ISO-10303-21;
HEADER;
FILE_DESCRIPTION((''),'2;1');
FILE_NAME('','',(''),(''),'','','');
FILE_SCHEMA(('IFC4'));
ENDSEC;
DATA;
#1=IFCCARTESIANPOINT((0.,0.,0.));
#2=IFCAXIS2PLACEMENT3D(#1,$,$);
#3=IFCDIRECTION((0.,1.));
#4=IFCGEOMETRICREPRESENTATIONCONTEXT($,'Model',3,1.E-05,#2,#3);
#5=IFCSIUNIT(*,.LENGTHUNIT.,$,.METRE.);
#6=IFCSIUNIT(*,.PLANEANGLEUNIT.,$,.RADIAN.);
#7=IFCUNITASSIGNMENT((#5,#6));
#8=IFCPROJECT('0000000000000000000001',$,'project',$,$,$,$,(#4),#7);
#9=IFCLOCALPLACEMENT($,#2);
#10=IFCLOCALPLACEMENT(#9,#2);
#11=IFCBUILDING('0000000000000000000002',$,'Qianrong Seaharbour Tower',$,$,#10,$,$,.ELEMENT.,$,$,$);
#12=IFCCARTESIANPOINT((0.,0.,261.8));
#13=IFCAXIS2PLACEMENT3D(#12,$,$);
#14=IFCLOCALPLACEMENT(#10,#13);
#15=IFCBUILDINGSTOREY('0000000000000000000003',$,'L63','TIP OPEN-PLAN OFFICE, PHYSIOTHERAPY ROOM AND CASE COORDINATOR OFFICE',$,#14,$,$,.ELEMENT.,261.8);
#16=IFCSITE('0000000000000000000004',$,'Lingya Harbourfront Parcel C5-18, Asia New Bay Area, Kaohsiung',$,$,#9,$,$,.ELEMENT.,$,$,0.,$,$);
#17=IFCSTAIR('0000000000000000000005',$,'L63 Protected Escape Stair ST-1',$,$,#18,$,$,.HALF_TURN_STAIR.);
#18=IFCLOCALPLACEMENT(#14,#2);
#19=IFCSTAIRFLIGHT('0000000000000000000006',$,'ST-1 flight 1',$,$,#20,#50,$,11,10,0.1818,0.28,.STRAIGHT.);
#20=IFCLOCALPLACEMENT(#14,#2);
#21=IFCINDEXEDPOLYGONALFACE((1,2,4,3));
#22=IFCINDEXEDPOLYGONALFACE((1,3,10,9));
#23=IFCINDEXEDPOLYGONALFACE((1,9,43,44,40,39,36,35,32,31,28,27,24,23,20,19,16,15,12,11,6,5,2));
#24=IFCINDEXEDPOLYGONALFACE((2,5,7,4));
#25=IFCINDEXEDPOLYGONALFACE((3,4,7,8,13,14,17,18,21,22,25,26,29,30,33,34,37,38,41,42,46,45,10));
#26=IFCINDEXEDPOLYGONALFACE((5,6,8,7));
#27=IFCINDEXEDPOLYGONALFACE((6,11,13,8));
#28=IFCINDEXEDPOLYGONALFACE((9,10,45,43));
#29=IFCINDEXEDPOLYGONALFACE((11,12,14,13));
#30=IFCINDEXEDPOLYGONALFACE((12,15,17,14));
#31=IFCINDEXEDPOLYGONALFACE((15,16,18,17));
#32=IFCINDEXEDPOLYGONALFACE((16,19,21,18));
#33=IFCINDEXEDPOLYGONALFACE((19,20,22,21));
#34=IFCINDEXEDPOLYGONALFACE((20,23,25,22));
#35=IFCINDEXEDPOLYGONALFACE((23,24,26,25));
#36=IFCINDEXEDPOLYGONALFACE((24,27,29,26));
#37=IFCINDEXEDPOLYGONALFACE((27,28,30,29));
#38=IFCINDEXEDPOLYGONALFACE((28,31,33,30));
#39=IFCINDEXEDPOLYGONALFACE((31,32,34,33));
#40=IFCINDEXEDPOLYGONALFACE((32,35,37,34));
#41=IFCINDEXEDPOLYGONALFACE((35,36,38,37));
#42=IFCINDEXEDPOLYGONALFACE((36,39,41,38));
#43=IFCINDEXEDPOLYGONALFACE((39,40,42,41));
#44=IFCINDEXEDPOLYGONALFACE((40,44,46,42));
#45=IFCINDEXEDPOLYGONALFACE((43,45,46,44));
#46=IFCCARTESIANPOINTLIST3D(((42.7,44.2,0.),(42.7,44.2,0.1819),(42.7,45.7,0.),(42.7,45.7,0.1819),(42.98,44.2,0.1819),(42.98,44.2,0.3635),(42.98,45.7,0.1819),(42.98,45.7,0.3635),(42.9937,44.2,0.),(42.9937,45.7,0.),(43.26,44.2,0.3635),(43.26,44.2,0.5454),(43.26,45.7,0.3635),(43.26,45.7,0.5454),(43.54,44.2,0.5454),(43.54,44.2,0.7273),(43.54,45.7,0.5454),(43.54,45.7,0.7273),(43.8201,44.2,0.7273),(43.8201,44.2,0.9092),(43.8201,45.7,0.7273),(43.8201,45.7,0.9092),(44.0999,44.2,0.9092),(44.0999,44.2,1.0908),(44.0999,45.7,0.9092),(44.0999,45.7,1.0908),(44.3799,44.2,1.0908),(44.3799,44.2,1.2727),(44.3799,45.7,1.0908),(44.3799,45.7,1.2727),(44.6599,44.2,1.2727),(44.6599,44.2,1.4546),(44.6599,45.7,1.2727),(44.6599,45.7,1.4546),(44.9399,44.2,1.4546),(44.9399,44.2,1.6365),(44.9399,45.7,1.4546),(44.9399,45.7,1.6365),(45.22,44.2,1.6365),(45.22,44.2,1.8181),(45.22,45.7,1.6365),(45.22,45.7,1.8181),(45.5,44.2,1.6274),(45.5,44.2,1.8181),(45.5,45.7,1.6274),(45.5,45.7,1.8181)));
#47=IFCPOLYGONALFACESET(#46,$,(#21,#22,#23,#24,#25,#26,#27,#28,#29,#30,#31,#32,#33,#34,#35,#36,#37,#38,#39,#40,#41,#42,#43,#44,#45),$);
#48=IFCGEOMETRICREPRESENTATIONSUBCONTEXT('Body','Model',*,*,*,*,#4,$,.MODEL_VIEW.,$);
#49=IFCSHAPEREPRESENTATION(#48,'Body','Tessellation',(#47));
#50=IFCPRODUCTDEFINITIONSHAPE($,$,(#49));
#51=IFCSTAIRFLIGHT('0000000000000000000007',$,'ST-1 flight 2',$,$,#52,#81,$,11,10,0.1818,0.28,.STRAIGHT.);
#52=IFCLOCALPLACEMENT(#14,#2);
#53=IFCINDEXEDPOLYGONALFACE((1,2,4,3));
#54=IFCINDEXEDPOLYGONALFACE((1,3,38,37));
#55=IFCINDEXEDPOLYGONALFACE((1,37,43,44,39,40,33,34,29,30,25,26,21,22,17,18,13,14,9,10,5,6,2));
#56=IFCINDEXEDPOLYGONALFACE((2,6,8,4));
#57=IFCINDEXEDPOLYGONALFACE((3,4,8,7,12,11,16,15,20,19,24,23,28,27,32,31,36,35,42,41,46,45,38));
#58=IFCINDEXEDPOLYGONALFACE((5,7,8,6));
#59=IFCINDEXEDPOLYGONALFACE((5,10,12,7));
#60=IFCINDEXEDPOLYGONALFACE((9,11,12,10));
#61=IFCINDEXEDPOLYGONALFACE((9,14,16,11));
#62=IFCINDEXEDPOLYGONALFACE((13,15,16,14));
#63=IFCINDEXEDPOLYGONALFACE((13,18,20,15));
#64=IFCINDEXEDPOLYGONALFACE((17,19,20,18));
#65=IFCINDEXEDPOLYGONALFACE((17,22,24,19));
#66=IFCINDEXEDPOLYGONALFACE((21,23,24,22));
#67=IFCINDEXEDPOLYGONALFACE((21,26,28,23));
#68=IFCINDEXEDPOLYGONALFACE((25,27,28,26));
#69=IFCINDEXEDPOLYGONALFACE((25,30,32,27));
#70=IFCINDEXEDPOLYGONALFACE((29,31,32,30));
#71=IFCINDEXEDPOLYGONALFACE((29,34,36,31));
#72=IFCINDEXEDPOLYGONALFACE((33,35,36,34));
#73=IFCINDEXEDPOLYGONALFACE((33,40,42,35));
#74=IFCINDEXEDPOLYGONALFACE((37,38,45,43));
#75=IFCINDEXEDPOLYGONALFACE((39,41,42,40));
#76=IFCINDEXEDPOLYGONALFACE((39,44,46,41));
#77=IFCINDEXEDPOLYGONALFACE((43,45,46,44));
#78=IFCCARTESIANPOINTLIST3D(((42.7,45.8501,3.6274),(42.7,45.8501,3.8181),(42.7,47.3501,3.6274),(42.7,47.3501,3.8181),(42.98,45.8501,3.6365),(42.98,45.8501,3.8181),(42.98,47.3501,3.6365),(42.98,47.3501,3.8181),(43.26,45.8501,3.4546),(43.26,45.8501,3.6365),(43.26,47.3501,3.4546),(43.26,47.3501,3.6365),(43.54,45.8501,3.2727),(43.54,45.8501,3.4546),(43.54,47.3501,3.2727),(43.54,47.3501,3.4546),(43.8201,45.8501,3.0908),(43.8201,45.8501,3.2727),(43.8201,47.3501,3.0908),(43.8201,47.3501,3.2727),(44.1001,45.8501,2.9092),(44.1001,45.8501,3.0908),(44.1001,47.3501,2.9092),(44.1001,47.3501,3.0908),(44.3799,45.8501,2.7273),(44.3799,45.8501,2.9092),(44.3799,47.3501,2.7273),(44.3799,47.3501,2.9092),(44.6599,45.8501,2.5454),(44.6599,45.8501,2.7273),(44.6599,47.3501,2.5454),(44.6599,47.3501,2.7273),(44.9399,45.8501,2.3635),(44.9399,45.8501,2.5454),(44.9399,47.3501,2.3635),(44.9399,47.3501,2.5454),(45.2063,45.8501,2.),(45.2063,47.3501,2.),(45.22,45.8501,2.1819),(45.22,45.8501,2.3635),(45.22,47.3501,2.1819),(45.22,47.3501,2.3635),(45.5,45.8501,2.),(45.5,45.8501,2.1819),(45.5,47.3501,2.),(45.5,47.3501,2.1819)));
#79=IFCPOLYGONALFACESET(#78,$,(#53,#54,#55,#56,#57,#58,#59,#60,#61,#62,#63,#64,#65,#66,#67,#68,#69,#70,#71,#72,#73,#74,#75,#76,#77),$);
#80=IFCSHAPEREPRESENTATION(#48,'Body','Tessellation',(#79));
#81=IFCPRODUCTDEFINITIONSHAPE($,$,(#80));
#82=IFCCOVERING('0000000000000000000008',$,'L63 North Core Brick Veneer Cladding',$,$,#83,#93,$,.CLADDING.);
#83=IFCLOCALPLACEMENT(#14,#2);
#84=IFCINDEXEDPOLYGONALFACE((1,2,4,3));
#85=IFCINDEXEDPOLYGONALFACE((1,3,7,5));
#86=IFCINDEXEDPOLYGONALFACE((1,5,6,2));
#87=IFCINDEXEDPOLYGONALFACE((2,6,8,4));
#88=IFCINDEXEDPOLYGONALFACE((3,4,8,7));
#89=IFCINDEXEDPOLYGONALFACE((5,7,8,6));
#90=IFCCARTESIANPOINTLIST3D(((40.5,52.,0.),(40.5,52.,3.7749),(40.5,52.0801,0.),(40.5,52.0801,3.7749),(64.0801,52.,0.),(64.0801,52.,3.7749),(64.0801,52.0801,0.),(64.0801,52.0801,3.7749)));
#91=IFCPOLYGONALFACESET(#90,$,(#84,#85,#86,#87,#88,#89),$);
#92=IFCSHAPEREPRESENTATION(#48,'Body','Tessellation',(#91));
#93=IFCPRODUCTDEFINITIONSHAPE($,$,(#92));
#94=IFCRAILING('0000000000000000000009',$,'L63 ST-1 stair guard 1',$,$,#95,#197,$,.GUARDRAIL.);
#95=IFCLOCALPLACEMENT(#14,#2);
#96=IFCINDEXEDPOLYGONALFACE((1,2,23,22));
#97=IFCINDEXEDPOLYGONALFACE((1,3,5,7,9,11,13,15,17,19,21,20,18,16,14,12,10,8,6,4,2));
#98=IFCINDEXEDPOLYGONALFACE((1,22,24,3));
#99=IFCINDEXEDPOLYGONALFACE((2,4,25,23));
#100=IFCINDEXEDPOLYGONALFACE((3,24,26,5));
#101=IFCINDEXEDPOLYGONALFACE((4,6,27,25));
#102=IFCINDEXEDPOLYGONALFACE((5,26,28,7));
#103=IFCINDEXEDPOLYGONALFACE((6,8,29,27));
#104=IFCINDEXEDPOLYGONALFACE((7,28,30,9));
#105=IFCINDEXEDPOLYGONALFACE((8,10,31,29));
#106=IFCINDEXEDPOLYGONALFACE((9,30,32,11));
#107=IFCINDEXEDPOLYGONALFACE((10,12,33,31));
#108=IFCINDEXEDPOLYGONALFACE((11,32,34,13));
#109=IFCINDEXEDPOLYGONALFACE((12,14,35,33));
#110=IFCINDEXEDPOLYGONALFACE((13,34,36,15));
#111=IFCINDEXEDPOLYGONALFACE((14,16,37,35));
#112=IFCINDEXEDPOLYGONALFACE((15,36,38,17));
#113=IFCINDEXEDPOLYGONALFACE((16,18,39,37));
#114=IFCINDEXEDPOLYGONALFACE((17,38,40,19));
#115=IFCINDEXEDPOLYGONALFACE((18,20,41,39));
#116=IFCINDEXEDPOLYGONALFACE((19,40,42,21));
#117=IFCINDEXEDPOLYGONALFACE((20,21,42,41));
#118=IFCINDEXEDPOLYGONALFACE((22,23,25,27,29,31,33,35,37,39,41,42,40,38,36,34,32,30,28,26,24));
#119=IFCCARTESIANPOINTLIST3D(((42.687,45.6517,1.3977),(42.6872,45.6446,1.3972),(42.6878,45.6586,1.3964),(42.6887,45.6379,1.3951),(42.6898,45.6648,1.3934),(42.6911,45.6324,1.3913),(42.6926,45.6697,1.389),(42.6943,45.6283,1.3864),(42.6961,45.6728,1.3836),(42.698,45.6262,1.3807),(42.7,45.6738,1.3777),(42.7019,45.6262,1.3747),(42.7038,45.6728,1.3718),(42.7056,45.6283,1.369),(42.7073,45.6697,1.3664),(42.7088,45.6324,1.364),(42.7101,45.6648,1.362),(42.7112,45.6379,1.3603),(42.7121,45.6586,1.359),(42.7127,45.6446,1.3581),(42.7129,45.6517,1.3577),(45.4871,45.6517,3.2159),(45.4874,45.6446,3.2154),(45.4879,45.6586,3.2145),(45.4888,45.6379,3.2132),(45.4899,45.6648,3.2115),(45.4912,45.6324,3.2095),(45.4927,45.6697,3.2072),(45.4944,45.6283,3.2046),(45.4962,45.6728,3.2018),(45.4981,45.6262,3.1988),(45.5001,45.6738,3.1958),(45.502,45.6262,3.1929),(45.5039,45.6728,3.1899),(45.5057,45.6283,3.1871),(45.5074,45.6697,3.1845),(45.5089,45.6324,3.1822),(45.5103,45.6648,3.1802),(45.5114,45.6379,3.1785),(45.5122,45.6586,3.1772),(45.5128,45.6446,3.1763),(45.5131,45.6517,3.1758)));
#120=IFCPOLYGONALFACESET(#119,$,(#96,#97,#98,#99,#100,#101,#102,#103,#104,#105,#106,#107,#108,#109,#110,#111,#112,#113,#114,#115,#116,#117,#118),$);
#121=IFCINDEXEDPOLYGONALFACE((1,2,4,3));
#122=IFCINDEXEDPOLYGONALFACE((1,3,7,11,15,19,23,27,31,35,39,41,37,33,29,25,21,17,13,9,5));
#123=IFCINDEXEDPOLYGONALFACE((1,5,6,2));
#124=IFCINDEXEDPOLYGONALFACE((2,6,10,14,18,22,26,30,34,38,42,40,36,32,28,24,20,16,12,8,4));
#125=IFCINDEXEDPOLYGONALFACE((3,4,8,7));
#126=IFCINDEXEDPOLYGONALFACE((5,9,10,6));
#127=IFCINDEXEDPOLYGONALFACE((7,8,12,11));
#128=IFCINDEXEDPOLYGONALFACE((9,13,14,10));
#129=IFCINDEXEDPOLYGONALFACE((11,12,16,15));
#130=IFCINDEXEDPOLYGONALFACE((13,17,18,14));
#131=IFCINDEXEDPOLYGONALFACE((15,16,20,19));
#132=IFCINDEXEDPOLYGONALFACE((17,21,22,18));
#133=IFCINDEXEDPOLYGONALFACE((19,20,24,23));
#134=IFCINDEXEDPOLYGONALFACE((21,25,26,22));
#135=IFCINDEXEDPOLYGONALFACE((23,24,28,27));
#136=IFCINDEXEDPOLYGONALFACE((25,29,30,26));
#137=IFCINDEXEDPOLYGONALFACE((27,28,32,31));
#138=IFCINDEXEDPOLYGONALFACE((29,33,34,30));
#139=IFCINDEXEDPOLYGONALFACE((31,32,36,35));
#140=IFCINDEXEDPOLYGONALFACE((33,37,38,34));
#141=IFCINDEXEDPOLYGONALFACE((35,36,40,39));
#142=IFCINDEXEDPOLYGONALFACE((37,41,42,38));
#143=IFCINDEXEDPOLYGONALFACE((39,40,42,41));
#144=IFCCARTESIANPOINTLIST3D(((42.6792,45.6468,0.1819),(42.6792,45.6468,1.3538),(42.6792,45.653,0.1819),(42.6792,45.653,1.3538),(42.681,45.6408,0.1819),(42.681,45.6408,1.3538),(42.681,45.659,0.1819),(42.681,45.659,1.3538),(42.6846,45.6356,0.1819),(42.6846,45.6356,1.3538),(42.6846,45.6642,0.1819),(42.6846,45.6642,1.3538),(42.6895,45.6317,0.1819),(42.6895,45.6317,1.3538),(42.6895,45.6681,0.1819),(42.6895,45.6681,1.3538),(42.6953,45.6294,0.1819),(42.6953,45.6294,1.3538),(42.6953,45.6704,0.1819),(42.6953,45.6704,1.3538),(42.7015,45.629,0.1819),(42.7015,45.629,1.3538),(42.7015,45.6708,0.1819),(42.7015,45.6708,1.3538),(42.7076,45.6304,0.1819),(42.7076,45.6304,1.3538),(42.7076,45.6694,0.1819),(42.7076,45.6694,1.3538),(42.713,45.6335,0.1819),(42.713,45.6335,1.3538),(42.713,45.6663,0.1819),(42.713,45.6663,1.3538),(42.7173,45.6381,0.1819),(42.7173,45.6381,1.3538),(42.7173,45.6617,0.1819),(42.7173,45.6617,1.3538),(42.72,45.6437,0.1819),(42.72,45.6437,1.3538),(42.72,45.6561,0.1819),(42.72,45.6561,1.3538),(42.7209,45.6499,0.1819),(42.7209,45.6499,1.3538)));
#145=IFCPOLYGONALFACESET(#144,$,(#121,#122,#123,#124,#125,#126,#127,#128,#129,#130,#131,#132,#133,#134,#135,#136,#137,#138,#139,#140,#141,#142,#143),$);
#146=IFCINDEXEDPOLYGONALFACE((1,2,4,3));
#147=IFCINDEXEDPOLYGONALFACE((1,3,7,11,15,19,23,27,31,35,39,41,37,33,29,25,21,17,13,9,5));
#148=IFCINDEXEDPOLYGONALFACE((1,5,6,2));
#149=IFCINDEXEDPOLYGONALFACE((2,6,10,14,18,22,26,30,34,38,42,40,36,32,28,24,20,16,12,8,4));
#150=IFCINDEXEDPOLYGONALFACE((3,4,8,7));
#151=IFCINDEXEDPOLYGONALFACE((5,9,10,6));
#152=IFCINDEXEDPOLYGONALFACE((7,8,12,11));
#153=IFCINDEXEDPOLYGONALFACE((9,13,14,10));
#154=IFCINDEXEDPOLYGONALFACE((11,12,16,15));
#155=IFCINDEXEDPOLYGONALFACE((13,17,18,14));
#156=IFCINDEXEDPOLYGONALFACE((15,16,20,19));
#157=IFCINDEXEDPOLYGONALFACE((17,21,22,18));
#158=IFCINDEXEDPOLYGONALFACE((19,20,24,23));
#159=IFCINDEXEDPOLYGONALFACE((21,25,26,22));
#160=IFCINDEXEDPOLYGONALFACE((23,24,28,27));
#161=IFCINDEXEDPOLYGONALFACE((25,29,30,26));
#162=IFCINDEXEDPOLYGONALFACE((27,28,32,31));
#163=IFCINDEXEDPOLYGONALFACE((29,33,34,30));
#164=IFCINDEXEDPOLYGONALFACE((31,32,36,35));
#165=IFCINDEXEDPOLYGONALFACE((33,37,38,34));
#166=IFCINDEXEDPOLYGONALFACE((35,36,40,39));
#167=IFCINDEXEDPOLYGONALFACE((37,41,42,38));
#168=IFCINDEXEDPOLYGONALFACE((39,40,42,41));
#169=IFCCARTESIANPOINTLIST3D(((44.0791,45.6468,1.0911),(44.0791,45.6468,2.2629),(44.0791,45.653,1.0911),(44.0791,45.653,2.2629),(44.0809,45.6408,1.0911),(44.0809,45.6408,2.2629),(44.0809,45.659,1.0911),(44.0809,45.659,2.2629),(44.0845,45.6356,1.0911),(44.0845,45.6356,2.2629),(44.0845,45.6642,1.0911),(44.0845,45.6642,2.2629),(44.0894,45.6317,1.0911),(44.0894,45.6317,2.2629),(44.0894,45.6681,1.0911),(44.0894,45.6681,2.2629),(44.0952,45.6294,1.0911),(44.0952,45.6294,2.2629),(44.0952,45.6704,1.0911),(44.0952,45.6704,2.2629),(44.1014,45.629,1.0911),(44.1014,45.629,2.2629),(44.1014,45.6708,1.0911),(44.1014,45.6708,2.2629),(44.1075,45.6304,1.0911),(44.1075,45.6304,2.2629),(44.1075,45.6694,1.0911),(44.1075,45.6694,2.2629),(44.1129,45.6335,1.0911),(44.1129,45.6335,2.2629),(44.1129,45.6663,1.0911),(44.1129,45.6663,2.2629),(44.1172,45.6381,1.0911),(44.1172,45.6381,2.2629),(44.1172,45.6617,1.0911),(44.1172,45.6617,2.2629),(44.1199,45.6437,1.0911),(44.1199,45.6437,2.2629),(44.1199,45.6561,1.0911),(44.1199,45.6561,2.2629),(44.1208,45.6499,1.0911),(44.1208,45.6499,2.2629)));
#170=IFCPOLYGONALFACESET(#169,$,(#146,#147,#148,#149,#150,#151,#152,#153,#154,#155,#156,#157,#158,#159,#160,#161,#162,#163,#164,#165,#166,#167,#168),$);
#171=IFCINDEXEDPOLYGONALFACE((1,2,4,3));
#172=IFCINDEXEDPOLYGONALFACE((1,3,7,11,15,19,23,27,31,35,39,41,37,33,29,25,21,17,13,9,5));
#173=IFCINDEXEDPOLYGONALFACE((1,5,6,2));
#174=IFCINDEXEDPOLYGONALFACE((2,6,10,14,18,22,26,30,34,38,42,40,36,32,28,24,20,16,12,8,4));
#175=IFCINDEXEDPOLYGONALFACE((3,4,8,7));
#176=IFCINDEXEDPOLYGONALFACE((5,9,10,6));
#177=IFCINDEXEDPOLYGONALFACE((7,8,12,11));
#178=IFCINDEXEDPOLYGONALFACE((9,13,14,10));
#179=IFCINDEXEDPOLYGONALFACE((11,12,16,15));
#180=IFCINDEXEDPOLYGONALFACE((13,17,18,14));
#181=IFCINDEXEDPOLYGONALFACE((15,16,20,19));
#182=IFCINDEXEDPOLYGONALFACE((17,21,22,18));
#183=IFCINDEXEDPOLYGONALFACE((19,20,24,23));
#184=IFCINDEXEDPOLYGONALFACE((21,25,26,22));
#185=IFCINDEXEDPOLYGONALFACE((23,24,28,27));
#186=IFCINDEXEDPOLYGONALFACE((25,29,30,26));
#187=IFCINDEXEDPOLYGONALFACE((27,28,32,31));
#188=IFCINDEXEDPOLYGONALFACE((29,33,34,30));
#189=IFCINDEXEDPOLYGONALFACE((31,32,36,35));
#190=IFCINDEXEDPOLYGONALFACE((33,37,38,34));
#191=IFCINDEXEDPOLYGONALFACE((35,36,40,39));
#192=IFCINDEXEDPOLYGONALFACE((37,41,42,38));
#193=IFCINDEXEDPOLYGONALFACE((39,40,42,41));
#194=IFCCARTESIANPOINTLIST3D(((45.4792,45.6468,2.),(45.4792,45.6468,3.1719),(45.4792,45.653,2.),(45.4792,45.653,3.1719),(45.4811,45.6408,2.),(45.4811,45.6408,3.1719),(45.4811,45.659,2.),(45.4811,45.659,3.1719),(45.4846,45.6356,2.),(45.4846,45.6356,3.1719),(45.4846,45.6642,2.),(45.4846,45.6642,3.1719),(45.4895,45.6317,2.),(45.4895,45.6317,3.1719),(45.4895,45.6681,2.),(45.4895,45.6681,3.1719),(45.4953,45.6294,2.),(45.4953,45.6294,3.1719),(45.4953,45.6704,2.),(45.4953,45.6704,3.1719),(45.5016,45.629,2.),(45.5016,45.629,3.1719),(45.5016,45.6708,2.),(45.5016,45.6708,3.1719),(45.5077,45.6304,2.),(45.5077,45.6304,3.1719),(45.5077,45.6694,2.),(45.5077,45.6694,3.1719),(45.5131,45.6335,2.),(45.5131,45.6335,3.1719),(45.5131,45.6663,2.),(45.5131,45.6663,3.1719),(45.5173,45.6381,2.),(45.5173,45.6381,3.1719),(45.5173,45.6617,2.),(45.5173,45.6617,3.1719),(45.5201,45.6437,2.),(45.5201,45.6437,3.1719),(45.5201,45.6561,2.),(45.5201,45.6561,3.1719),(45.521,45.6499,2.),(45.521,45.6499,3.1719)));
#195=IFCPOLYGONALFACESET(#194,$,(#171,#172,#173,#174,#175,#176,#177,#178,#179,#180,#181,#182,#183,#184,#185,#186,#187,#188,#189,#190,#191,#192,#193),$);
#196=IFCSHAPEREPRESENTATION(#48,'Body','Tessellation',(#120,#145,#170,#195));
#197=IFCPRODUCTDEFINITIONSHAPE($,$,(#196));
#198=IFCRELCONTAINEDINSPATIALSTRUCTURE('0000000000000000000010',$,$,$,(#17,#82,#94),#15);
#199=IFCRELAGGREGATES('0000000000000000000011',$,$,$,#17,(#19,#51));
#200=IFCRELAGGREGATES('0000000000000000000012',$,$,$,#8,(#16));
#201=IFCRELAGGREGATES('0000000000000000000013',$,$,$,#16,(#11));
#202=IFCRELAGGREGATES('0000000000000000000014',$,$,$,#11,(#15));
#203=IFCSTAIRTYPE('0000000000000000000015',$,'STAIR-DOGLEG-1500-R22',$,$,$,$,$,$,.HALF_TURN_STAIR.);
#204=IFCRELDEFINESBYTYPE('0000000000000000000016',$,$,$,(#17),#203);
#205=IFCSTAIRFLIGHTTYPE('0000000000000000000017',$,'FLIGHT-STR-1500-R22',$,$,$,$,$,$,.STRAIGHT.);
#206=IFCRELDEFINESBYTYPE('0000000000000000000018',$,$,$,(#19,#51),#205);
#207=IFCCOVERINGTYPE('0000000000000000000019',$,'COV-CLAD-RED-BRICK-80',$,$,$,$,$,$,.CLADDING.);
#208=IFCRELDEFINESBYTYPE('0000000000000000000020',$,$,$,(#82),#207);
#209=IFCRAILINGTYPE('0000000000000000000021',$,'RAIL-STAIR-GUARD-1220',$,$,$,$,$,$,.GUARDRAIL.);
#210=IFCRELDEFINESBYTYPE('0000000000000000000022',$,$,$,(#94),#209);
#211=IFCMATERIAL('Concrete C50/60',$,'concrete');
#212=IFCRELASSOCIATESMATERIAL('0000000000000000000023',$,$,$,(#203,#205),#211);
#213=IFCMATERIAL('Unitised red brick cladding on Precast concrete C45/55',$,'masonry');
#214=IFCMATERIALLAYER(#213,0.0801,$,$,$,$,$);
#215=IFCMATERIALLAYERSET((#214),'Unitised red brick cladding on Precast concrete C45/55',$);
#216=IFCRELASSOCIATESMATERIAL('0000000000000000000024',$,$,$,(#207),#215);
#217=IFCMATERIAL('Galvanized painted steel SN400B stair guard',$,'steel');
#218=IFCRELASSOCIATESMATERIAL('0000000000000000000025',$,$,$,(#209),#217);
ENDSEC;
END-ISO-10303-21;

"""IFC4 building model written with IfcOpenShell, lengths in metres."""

from ifc_helpers import new_model, si_unit, direction, frame, origin, origin_2d, place, context, subcontext, project, spatial, polyline, rectangle, circle, outline, extrude, material, layer, layer_set, type_object, element, aggregate, save


model = new_model("IFC4")

# Units and contexts
model_context = context("Model", 3, precision=1e-05, world=origin(), true_north=direction((0.0, 1.0)))
body_context = subcontext(model_context, "Body", "Model", "MODEL_VIEW")
ifc_project = project(units=[si_unit("LENGTHUNIT", "METRE"), si_unit("PLANEANGLEUNIT", "RADIAN")], contexts=[model_context])

# Site, building, storey
site_placement = place(None, origin())
site = spatial("IfcSite", under=ifc_project, at=site_placement, Name="Lingya Harbourfront Parcel C5-18, Asia New Bay Area, Kaohsiung", CompositionType="ELEMENT", RefElevation=0.0)
building_placement = place(site_placement, origin())
building = spatial("IfcBuilding", under=site, at=building_placement, Name="Qianrong Seaharbour Tower", CompositionType="ELEMENT")
storey_placement = place(building_placement, frame((0.0, 0.0, 261.8)))
storey = spatial("IfcBuildingStorey", under=building, at=storey_placement, Name="L63", Description="TIP OPEN-PLAN OFFICE, PHYSIOTHERAPY ROOM AND CASE COORDINATOR OFFICE", CompositionType="ELEMENT", Elevation=261.8)

# Shared definitions
ifc_material_1 = material(Name="Concrete C50/60", Category="concrete")

# Stair, stair flights
stair_type = type_object("IfcStairType", Name="STAIR-DOGLEG-1500-R22", PredefinedType="HALF_TURN_STAIR", material=ifc_material_1)
stair_placement = place(storey_placement, origin())
stair = element("IfcStair", 1, at=stair_placement, inside=storey, type_object=stair_type, Name="L63 Protected Escape Stair ST-1", PredefinedType="HALF_TURN_STAIR")
stair_flight_type = type_object("IfcStairFlightType", Name="FLIGHT-STR-1500-R22", PredefinedType="STRAIGHT", material=ifc_material_1)
stair_flight_1_placement = place(storey_placement, frame((42.7, 44.95, 0.0), z_axis=(0.0, 0.0, 1.0), x_axis=(1.0, 0.0, 0.0)))
stair_flight_1 = element("IfcStairFlight", 2, at=stair_flight_1_placement, type_object=stair_flight_type, Name="ST-1 flight 1", NumberOfRisers=11, NumberOfTreads=10, PredefinedType="STRAIGHT", RiserHeight=0.1818, TreadLength=0.28, context=body_context, shape_type="SweptSolid", body=[
    extrude(outline(polyline([(0.0, 0.0), (0.0, 0.1819), (0.28, 0.1819), (0.28, 0.3635), (0.5601, 0.3635), (0.5601, 0.5454), (0.8401, 0.5454), (0.8401, 0.7273), (1.1201, 0.7273), (1.1201, 0.9092), (1.3999, 0.9092), (1.3999, 1.0908), (1.6799, 1.0908), (1.6799, 1.2727), (1.96, 1.2727), (1.96, 1.4546), (2.24, 1.4546), (2.24, 1.6365), (2.52, 1.6365), (2.52, 1.8181), (2.8, 1.8181), (2.8, 2.0), (2.8, 1.6274), (0.2937, 0.0), (0.0, 0.0)])), frame((0.0, 0.75, 0.0), z_axis=(0.0, -1.0, 0.0), x_axis=(1.0, 0.0, 0.0)), (0.0, 0.0, 1.0), 1.5),
])
stair_flight_2_placement = place(storey_placement, frame((45.5, 46.6001, 2.0), z_axis=(0.0, 0.0, 1.0), x_axis=(-1.0, 0.0, 0.0)))
stair_flight_2 = element("IfcStairFlight", 3, at=stair_flight_2_placement, type_object=stair_flight_type, Name="ST-1 flight 2", NumberOfRisers=11, NumberOfTreads=10, PredefinedType="STRAIGHT", RiserHeight=0.1818, TreadLength=0.28, context=body_context, shape_type="SweptSolid", body=[
    extrude(outline(polyline([(0.0, 0.0), (0.0, 0.1819), (0.28, 0.1819), (0.28, 0.3635), (0.5601, 0.3635), (0.5601, 0.5454), (0.8401, 0.5454), (0.8401, 0.7273), (1.1201, 0.7273), (1.1201, 0.9092), (1.3999, 0.9092), (1.3999, 1.0908), (1.6799, 1.0908), (1.6799, 1.2727), (1.96, 1.2727), (1.96, 1.4546), (2.24, 1.4546), (2.24, 1.6365), (2.52, 1.6365), (2.52, 1.8181), (2.8, 1.8181), (2.8, 2.0), (2.8, 1.6274), (0.2937, 0.0), (0.0, 0.0)])), frame((0.0, 0.75, 0.0), z_axis=(0.0, -1.0, 0.0), x_axis=(1.0, 0.0, 0.0)), (0.0, 0.0, 1.0), 1.5),
])
aggregate(stair, [stair_flight_1, stair_flight_2])

# Covering
ifc_material_2 = material(Name="Unitised red brick cladding on Precast concrete C45/55", Category="masonry")
ifc_layer_1 = layer(ifc_material_2, 0.0801)
ifc_layer_set_1 = layer_set([ifc_layer_1], Name="Unitised red brick cladding on Precast concrete C45/55")
covering_type = type_object("IfcCoveringType", Name="COV-CLAD-RED-BRICK-80", PredefinedType="CLADDING", material=ifc_layer_set_1)
covering_placement = place(storey_placement, frame((52.29, 52.04, 0.0), z_axis=(0.0, 0.0, 1.0), x_axis=(1.0, 0.0, 0.0)))
element("IfcCovering", 4, at=covering_placement, inside=storey, type_object=covering_type, Name="L63 North Core Brick Veneer Cladding", PredefinedType="CLADDING", context=body_context, shape_type="SweptSolid", body=[
    extrude(rectangle(XDim=23.5801, YDim=0.0801, at=origin_2d()), origin(), (0.0, 0.0, 1.0), 3.7749),
])

# Railing
ifc_material_3 = material(Name="Galvanized painted steel SN400B stair guard", Category="steel")
railing_type_1 = type_object("IfcRailingType", Name="RAIL-STAIR-GUARD-1220", PredefinedType="GUARDRAIL", material=ifc_material_3)
railing_1_placement = place(storey_placement, frame((42.7, 45.6499, 0.1819)))
element("IfcRailing", 5, at=railing_1_placement, inside=storey, type_object=railing_type_1, Name="L63 ST-1 stair guard 1", PredefinedType="GUARDRAIL", context=body_context, shape_type="SweptSolid", body=[
    extrude(circle(Radius=0.0239, at=origin_2d()), frame((0.0, 0.0, 1.1958), z_axis=(0.838706, 0.0, 0.544585), x_axis=(0.0, 1.0, 0.0)), (0.0, 0.0, 1.0), 3.3386),
    extrude(circle(Radius=0.021, at=origin_2d()), origin(), (0.0, 0.0, 1.0), 1.1719),
    extrude(circle(Radius=0.021, at=origin_2d()), frame((1.3999, 0.0, 0.9092)), (0.0, 0.0, 1.0), 1.1719),
    extrude(circle(Radius=0.021, at=origin_2d()), frame((2.8, 0.0, 1.8181)), (0.0, 0.0, 1.0), 1.1719),
])

save(model, "model.ifc")
